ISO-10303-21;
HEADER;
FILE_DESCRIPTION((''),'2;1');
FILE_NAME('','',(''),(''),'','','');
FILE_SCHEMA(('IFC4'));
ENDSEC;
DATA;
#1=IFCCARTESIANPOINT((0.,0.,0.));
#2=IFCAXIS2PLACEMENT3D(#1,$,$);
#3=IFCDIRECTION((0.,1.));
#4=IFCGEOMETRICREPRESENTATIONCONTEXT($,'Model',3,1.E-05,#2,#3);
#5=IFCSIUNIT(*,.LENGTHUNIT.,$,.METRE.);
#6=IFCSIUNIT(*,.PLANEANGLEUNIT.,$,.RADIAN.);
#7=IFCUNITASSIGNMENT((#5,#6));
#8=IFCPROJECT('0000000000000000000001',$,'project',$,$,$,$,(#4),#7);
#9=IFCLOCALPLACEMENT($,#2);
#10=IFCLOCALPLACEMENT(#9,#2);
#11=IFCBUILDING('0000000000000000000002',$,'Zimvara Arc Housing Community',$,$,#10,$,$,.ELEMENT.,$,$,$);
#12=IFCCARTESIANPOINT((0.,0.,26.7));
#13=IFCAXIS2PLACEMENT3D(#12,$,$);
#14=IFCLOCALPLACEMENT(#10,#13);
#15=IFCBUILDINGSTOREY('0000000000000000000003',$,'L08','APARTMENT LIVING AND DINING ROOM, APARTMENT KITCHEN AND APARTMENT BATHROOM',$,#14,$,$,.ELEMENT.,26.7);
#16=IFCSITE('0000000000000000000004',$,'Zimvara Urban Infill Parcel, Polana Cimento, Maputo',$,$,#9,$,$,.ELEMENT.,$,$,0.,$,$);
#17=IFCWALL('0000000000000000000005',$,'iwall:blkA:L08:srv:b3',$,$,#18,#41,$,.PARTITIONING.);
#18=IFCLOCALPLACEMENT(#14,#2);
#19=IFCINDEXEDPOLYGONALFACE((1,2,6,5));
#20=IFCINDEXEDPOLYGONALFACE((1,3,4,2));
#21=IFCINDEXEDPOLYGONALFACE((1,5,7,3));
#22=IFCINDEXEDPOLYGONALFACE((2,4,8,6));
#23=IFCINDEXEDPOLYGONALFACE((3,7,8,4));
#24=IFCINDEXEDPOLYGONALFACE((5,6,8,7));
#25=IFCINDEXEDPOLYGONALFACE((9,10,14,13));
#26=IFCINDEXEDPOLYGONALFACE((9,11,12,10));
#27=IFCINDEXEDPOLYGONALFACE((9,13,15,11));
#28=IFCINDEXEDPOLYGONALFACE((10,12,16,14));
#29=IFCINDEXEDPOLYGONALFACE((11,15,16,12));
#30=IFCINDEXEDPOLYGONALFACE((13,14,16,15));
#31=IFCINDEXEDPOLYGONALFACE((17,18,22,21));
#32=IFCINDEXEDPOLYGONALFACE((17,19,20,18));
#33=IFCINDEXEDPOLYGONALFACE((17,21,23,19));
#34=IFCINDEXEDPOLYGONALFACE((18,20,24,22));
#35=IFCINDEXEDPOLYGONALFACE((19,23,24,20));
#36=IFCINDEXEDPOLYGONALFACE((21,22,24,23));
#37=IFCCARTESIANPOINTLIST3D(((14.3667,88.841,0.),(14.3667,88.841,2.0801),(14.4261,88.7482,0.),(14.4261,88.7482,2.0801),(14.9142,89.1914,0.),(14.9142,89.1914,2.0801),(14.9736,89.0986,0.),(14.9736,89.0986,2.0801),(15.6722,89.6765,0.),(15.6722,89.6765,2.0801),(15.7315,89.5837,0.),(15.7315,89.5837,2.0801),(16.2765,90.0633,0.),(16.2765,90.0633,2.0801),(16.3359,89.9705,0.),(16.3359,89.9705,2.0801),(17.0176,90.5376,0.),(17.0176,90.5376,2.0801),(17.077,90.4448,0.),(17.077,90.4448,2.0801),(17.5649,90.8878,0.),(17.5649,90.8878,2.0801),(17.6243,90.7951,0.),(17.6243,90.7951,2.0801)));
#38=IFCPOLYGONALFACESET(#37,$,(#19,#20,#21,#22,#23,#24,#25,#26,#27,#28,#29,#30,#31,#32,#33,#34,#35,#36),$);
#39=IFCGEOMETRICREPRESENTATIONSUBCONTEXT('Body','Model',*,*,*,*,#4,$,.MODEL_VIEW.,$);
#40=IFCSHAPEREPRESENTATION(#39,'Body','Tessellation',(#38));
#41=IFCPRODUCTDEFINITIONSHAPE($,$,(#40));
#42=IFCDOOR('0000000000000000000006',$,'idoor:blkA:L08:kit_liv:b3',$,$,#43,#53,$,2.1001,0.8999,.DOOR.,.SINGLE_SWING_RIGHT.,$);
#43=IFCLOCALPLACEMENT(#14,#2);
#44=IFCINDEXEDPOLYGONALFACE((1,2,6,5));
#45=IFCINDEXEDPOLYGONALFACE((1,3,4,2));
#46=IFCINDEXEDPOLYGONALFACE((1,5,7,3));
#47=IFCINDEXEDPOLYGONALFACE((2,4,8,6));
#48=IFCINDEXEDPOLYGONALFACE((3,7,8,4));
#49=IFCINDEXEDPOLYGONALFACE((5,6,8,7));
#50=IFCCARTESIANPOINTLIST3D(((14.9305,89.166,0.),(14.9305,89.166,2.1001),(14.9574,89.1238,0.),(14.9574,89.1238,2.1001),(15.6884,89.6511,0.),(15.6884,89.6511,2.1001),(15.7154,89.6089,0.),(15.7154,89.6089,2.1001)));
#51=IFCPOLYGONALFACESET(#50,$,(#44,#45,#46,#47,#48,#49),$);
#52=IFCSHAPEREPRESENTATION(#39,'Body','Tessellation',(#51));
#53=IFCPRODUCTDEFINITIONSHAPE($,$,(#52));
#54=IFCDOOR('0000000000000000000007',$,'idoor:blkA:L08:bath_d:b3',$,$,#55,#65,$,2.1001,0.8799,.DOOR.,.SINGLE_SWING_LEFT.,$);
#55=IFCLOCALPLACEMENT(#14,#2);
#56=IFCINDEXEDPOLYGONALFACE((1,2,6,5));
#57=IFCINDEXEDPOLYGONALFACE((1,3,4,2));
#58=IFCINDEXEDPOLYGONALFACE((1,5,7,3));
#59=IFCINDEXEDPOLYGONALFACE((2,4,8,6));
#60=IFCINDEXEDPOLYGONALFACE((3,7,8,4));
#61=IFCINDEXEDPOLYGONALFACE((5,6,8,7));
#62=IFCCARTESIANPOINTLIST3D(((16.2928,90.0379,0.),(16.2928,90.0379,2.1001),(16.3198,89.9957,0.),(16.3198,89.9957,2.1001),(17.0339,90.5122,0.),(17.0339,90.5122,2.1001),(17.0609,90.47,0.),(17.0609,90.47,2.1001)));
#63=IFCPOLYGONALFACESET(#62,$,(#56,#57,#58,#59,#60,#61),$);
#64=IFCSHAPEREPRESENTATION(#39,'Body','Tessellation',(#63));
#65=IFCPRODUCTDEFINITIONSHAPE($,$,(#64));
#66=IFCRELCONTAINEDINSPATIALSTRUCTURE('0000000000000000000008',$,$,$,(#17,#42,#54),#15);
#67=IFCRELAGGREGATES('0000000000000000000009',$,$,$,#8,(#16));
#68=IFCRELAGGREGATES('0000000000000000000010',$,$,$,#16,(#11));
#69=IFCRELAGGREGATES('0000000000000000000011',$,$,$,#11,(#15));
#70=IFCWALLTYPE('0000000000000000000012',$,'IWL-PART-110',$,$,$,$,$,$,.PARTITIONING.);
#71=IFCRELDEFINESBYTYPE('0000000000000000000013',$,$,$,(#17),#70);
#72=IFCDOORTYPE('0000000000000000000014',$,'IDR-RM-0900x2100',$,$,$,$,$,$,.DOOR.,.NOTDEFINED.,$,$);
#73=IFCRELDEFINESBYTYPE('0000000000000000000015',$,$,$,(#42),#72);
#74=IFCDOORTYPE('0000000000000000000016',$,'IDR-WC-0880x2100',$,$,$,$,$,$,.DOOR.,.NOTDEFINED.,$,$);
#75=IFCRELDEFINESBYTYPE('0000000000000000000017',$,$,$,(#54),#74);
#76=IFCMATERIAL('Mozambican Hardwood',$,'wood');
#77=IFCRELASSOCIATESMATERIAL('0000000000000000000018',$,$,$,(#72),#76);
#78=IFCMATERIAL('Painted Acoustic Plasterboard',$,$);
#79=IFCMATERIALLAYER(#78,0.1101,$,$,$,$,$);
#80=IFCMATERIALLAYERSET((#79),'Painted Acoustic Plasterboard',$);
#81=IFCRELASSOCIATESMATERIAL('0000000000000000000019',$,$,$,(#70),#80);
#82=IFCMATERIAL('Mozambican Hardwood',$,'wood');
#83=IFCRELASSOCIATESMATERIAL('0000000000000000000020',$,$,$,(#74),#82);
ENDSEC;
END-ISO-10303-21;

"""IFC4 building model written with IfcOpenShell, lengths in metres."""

from ifc_helpers import new_model, si_unit, direction, frame, frame_2d, origin, place, context, subcontext, project, spatial, rectangle, extrude, material, layer, layer_set, type_object, element, fill, save


model = new_model("IFC4")

# Units and contexts
model_context = context("Model", 3, precision=1e-05, world=origin(), true_north=direction((0.0, 1.0)))
body_context = subcontext(model_context, "Body", "Model", "MODEL_VIEW")
ifc_project = project(units=[si_unit("LENGTHUNIT", "METRE"), si_unit("PLANEANGLEUNIT", "RADIAN")], contexts=[model_context])

# Site, building, storey
site_placement = place(None, origin())
site = spatial("IfcSite", under=ifc_project, at=site_placement, Name="Zimvara Urban Infill Parcel, Polana Cimento, Maputo", CompositionType="ELEMENT", RefElevation=0.0)
building_placement = place(site_placement, origin())
building = spatial("IfcBuilding", under=site, at=building_placement, Name="Zimvara Arc Housing Community", CompositionType="ELEMENT")
storey_placement = place(building_placement, frame((0.0, 0.0, 26.7)))
storey = spatial("IfcBuildingStorey", under=building, at=storey_placement, Name="L08", Description="APARTMENT LIVING AND DINING ROOM, APARTMENT KITCHEN AND APARTMENT BATHROOM", CompositionType="ELEMENT", Elevation=26.7)

# Shared definitions
ifc_material_1 = material(Name="Mozambican Hardwood", Category="wood")
door_type_1 = type_object("IfcDoorType", Name="IDR-RM-0900x2100", OperationType="NOTDEFINED", PredefinedType="DOOR", material=ifc_material_1)

# Wall, openings, doors
ifc_material_2 = material(Name="Painted Acoustic Plasterboard")
ifc_layer_1 = layer(ifc_material_2, 0.1101)
ifc_layer_set_1 = layer_set([ifc_layer_1], Name="Painted Acoustic Plasterboard")
wall_type_1 = type_object("IfcWallType", Name="IWL-PART-110", PredefinedType="PARTITIONING", material=ifc_layer_set_1)
wall_1_placement = place(storey_placement, frame((14.3965, 88.7947, 0.0), z_axis=(0.0, 0.0, 1.0), x_axis=(0.842271, 0.539054, 0.0)))
wall_1 = element("IfcWall", 1, at=wall_1_placement, inside=storey, type_object=wall_type_1, Name="iwall:blkA:L08:srv:b3", PredefinedType="PARTITIONING", context=body_context, shape_type="SweptSolid", body=[
    extrude(rectangle(XDim=3.7971, YDim=0.1101, at=frame_2d((1.8984, 0.0))), origin(), (0.0, 0.0, 1.0), 2.0801),
])
opening_1_placement = place(wall_1_placement, frame((0.6499, 0.0, 0.0)))
opening_1 = element("IfcOpeningElement", 2, at=opening_1_placement, cuts=wall_1, PredefinedType="OPENING", context=body_context, shape_type="SweptSolid", body=[
    extrude(rectangle(XDim=0.8999, YDim=2.1001, at=frame_2d((0.45, 1.05))), frame((0.0, 0.0649, 0.0), z_axis=(0.0, -1.0, 0.0), x_axis=(1.0, 0.0, 0.0)), (0.0, 0.0, 1.0), 0.1301),
])
opening_2_placement = place(wall_1_placement, frame((2.2673, 0.0, 0.0)))
opening_2 = element("IfcOpeningElement", 3, at=opening_2_placement, cuts=wall_1, PredefinedType="OPENING", context=body_context, shape_type="SweptSolid", body=[
    extrude(rectangle(XDim=0.8799, YDim=2.1001, at=frame_2d((0.4399, 1.05))), frame((0.0, 0.0649, 0.0), z_axis=(0.0, -1.0, 0.0), x_axis=(1.0, 0.0, 0.0)), (0.0, 0.0, 1.0), 0.1301),
])
door_1_placement = place(opening_1_placement, origin())
door_1 = element("IfcDoor", 4, at=door_1_placement, inside=storey, type_object=door_type_1, Name="idoor:blkA:L08:kit_liv:b3", OperationType="SINGLE_SWING_RIGHT", OverallHeight=2.1001, OverallWidth=0.8999, PredefinedType="DOOR", context=body_context, shape_type="SweptSolid", body=[
    extrude(rectangle(XDim=0.8999, YDim=2.1001, at=frame_2d((0.45, 1.05))), frame((0.0, 0.0249, 0.0), z_axis=(0.0, -1.0, 0.0), x_axis=(1.0, 0.0, 0.0)), (0.0, 0.0, 1.0), 0.05),
])
fill(opening_1, door_1)
ifc_material_3 = material(Name="Mozambican Hardwood", Category="wood")
door_type_2 = type_object("IfcDoorType", Name="IDR-WC-0880x2100", OperationType="NOTDEFINED", PredefinedType="DOOR", material=ifc_material_3)
door_2_placement = place(opening_2_placement, origin())
door_2 = element("IfcDoor", 5, at=door_2_placement, inside=storey, type_object=door_type_2, Name="idoor:blkA:L08:bath_d:b3", OperationType="SINGLE_SWING_LEFT", OverallHeight=2.1001, OverallWidth=0.8799, PredefinedType="DOOR", context=body_context, shape_type="SweptSolid", body=[
    extrude(rectangle(XDim=0.8799, YDim=2.1001, at=frame_2d((0.4399, 1.05))), frame((0.0, 0.0249, 0.0), z_axis=(0.0, -1.0, 0.0), x_axis=(1.0, 0.0, 0.0)), (0.0, 0.0, 1.0), 0.05),
])
fill(opening_2, door_2)

save(model, "model.ifc")
